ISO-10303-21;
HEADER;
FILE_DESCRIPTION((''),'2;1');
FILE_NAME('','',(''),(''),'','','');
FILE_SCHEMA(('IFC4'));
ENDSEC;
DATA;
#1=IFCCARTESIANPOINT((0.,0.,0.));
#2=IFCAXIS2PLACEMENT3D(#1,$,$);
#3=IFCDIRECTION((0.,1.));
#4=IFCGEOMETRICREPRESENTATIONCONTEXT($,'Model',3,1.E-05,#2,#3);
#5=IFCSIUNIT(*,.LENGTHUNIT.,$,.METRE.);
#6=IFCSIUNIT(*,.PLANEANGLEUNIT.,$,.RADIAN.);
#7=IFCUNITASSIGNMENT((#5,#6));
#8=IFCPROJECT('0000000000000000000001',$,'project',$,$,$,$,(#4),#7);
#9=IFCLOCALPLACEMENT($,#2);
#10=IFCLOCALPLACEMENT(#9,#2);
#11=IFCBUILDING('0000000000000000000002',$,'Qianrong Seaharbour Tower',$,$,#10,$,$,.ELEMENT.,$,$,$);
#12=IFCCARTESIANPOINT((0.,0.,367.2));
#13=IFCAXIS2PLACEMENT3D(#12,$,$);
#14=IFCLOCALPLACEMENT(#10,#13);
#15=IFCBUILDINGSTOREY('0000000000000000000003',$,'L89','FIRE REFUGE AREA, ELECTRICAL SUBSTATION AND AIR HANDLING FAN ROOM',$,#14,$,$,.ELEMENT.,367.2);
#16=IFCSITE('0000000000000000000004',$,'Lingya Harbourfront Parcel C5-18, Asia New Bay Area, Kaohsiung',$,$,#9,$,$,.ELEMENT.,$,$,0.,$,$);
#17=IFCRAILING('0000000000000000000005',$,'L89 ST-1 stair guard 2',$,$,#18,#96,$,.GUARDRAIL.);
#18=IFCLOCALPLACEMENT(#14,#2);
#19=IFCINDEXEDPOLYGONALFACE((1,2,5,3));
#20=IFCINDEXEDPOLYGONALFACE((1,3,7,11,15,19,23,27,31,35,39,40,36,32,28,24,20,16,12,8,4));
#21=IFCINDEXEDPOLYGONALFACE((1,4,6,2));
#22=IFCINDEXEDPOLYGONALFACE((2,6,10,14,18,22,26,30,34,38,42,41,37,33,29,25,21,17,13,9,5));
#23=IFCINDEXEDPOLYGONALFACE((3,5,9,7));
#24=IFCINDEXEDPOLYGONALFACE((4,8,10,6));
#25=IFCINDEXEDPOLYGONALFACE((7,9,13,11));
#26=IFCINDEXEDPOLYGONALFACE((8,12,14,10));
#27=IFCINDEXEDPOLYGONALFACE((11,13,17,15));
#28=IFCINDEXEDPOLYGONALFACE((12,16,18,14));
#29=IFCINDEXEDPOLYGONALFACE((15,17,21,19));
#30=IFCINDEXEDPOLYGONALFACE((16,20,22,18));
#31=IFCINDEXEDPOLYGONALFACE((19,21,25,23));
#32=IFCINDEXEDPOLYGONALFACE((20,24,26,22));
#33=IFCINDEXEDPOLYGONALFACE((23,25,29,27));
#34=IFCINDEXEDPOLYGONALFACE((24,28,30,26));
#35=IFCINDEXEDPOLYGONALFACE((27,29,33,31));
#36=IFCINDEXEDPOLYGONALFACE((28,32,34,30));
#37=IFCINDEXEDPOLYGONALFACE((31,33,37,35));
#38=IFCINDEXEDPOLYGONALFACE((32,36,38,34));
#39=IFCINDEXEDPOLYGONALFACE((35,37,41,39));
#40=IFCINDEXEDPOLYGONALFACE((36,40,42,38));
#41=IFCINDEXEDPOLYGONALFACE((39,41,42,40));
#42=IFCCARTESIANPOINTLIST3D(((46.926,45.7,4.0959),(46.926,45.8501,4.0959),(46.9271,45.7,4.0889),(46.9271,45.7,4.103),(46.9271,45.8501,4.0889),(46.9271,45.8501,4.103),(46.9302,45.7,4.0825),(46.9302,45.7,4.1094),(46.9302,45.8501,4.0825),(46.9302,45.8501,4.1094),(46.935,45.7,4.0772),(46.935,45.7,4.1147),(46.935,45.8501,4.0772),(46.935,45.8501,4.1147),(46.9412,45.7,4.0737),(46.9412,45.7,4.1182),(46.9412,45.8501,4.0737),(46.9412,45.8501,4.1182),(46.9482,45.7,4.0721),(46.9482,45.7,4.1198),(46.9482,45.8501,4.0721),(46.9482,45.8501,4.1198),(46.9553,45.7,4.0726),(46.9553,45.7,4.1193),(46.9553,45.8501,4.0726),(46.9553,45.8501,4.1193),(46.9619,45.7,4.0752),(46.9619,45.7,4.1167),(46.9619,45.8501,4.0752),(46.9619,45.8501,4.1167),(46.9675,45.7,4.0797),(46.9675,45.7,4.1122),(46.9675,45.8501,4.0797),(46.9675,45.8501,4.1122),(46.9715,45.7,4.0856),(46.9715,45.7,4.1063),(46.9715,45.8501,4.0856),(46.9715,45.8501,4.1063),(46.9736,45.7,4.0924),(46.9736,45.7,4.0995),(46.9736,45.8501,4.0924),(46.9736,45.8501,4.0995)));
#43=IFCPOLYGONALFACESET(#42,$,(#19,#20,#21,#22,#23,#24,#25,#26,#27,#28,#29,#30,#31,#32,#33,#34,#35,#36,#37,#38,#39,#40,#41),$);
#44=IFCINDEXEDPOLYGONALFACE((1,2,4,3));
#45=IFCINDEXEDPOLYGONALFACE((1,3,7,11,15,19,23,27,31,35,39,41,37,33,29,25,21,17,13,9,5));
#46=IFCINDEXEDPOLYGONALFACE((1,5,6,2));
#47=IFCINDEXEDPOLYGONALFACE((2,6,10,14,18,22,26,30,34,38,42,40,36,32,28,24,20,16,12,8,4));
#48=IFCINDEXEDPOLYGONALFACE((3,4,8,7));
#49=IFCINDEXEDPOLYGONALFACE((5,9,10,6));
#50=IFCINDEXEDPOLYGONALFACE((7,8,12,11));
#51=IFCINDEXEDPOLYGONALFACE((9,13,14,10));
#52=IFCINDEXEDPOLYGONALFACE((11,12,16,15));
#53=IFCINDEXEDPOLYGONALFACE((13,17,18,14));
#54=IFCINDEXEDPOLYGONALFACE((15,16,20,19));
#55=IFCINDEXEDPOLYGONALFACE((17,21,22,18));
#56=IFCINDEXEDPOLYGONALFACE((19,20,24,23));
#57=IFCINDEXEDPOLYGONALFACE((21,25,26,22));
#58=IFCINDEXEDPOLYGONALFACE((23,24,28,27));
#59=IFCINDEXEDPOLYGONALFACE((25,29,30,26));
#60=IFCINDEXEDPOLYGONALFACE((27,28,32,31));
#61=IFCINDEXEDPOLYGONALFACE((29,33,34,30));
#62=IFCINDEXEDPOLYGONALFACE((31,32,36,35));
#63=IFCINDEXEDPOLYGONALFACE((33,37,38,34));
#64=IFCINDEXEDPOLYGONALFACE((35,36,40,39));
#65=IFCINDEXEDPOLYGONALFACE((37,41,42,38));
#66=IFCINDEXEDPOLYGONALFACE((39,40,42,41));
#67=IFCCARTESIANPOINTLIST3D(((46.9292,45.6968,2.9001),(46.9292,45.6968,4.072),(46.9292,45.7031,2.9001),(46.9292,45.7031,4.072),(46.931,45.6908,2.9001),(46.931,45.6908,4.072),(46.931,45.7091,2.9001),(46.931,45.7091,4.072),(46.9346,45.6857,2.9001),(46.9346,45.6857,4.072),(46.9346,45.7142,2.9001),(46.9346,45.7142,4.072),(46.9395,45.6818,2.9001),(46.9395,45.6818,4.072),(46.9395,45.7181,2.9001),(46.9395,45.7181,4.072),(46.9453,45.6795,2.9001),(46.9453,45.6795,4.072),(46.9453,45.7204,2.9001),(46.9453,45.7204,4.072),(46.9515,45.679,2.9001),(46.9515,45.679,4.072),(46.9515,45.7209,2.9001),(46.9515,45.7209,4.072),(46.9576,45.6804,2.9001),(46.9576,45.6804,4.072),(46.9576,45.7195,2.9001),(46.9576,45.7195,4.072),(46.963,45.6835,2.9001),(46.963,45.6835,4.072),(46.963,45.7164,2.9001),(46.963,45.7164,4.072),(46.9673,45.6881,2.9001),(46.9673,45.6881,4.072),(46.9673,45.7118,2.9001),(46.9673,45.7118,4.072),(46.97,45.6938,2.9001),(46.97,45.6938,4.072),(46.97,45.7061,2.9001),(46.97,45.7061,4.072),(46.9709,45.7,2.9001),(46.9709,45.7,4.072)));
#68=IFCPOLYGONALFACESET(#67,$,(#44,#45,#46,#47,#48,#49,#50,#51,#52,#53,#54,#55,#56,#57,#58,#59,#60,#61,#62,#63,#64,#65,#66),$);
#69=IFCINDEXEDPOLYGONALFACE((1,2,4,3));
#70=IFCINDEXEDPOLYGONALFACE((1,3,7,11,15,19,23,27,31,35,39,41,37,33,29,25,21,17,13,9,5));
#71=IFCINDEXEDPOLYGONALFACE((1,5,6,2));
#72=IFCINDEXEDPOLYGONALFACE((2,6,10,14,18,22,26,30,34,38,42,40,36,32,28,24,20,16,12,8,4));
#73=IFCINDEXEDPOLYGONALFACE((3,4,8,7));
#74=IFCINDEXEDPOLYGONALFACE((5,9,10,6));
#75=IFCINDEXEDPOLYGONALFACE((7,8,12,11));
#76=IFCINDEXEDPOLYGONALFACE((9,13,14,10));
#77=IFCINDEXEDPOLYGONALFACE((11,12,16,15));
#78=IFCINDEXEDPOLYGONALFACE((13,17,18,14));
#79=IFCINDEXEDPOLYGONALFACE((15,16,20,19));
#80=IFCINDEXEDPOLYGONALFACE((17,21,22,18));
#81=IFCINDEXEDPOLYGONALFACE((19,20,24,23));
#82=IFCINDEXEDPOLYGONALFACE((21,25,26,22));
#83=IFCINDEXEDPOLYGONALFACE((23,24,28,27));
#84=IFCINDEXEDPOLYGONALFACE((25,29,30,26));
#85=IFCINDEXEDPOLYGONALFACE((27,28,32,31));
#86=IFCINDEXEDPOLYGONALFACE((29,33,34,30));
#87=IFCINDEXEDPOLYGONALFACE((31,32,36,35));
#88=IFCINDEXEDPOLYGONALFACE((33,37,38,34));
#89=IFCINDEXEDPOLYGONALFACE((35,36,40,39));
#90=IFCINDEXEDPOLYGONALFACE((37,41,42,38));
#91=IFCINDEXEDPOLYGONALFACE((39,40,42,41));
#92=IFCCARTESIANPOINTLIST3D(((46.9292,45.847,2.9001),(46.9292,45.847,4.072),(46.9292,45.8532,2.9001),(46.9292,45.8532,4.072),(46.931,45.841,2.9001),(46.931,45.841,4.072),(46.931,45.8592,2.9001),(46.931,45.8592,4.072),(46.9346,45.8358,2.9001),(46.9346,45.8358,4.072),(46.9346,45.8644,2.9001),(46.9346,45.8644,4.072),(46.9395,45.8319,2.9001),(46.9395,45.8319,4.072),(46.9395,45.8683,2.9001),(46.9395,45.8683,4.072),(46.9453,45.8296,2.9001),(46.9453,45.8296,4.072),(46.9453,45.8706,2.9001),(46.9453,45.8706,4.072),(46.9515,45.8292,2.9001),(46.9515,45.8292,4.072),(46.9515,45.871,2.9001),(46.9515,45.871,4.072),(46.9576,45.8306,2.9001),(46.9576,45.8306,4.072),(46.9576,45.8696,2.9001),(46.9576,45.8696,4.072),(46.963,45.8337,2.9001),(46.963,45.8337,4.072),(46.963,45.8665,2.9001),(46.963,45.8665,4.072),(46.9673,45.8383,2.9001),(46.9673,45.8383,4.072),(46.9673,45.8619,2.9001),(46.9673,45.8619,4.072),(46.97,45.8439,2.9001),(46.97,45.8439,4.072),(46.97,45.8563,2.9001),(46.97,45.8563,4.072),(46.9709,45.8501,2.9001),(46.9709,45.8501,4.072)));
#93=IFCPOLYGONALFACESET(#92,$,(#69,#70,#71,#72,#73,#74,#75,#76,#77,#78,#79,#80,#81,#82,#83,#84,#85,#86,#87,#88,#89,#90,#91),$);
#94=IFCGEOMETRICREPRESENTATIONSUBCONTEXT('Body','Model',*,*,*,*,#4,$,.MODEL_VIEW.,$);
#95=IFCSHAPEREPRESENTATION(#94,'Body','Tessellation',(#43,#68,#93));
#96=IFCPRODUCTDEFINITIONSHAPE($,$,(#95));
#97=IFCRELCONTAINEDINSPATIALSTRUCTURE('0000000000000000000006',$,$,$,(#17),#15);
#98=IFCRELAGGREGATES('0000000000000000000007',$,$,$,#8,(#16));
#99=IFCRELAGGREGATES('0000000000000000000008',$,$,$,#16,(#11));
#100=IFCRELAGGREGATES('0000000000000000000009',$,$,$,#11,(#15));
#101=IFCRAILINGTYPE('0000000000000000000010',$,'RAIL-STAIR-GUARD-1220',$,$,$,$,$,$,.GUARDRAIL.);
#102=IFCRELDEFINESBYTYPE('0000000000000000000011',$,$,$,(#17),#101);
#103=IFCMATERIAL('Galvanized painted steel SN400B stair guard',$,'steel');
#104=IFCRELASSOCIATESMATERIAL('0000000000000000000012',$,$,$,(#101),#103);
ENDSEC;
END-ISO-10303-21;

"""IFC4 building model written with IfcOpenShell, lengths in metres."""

from ifc_helpers import new_model, si_unit, direction, frame, origin, origin_2d, place, context, subcontext, project, spatial, circle, extrude, material, type_object, element, save


model = new_model("IFC4")

# Units and contexts
model_context = context("Model", 3, precision=1e-05, world=origin(), true_north=direction((0.0, 1.0)))
body_context = subcontext(model_context, "Body", "Model", "MODEL_VIEW")
ifc_project = project(units=[si_unit("LENGTHUNIT", "METRE"), si_unit("PLANEANGLEUNIT", "RADIAN")], contexts=[model_context])

# Site, building, storey
site_placement = place(None, origin())
site = spatial("IfcSite", under=ifc_project, at=site_placement, Name="Lingya Harbourfront Parcel C5-18, Asia New Bay Area, Kaohsiung", CompositionType="ELEMENT", RefElevation=0.0)
building_placement = place(site_placement, origin())
building = spatial("IfcBuilding", under=site, at=building_placement, Name="Qianrong Seaharbour Tower", CompositionType="ELEMENT")
storey_placement = place(building_placement, frame((0.0, 0.0, 367.2)))
storey = spatial("IfcBuildingStorey", under=building, at=storey_placement, Name="L89", Description="FIRE REFUGE AREA, ELECTRICAL SUBSTATION AND AIR HANDLING FAN ROOM", CompositionType="ELEMENT", Elevation=367.2)

# Railing
ifc_material_1 = material(Name="Galvanized painted steel SN400B stair guard", Category="steel")
railing_type_1 = type_object("IfcRailingType", Name="RAIL-STAIR-GUARD-1220", PredefinedType="GUARDRAIL", material=ifc_material_1)
railing_1_placement = place(storey_placement, frame((46.95, 45.7, 2.9001)))
element("IfcRailing", 1, at=railing_1_placement, inside=storey, type_object=railing_type_1, Name="L89 ST-1 stair guard 2", PredefinedType="GUARDRAIL", context=body_context, shape_type="SweptSolid", body=[
    extrude(circle(Radius=0.0239, at=origin_2d()), frame((0.0, 0.0, 1.1958), z_axis=(0.0, 1.0, 0.0), x_axis=(-1.0, 0.0, 0.0)), (0.0, 0.0, 1.0), 0.1501),
    extrude(circle(Radius=0.021, at=origin_2d()), origin(), (0.0, 0.0, 1.0), 1.1719),
    extrude(circle(Radius=0.021, at=origin_2d()), frame((0.0, 0.1501, 0.0)), (0.0, 0.0, 1.0), 1.1719),
])

save(model, "model.ifc")
